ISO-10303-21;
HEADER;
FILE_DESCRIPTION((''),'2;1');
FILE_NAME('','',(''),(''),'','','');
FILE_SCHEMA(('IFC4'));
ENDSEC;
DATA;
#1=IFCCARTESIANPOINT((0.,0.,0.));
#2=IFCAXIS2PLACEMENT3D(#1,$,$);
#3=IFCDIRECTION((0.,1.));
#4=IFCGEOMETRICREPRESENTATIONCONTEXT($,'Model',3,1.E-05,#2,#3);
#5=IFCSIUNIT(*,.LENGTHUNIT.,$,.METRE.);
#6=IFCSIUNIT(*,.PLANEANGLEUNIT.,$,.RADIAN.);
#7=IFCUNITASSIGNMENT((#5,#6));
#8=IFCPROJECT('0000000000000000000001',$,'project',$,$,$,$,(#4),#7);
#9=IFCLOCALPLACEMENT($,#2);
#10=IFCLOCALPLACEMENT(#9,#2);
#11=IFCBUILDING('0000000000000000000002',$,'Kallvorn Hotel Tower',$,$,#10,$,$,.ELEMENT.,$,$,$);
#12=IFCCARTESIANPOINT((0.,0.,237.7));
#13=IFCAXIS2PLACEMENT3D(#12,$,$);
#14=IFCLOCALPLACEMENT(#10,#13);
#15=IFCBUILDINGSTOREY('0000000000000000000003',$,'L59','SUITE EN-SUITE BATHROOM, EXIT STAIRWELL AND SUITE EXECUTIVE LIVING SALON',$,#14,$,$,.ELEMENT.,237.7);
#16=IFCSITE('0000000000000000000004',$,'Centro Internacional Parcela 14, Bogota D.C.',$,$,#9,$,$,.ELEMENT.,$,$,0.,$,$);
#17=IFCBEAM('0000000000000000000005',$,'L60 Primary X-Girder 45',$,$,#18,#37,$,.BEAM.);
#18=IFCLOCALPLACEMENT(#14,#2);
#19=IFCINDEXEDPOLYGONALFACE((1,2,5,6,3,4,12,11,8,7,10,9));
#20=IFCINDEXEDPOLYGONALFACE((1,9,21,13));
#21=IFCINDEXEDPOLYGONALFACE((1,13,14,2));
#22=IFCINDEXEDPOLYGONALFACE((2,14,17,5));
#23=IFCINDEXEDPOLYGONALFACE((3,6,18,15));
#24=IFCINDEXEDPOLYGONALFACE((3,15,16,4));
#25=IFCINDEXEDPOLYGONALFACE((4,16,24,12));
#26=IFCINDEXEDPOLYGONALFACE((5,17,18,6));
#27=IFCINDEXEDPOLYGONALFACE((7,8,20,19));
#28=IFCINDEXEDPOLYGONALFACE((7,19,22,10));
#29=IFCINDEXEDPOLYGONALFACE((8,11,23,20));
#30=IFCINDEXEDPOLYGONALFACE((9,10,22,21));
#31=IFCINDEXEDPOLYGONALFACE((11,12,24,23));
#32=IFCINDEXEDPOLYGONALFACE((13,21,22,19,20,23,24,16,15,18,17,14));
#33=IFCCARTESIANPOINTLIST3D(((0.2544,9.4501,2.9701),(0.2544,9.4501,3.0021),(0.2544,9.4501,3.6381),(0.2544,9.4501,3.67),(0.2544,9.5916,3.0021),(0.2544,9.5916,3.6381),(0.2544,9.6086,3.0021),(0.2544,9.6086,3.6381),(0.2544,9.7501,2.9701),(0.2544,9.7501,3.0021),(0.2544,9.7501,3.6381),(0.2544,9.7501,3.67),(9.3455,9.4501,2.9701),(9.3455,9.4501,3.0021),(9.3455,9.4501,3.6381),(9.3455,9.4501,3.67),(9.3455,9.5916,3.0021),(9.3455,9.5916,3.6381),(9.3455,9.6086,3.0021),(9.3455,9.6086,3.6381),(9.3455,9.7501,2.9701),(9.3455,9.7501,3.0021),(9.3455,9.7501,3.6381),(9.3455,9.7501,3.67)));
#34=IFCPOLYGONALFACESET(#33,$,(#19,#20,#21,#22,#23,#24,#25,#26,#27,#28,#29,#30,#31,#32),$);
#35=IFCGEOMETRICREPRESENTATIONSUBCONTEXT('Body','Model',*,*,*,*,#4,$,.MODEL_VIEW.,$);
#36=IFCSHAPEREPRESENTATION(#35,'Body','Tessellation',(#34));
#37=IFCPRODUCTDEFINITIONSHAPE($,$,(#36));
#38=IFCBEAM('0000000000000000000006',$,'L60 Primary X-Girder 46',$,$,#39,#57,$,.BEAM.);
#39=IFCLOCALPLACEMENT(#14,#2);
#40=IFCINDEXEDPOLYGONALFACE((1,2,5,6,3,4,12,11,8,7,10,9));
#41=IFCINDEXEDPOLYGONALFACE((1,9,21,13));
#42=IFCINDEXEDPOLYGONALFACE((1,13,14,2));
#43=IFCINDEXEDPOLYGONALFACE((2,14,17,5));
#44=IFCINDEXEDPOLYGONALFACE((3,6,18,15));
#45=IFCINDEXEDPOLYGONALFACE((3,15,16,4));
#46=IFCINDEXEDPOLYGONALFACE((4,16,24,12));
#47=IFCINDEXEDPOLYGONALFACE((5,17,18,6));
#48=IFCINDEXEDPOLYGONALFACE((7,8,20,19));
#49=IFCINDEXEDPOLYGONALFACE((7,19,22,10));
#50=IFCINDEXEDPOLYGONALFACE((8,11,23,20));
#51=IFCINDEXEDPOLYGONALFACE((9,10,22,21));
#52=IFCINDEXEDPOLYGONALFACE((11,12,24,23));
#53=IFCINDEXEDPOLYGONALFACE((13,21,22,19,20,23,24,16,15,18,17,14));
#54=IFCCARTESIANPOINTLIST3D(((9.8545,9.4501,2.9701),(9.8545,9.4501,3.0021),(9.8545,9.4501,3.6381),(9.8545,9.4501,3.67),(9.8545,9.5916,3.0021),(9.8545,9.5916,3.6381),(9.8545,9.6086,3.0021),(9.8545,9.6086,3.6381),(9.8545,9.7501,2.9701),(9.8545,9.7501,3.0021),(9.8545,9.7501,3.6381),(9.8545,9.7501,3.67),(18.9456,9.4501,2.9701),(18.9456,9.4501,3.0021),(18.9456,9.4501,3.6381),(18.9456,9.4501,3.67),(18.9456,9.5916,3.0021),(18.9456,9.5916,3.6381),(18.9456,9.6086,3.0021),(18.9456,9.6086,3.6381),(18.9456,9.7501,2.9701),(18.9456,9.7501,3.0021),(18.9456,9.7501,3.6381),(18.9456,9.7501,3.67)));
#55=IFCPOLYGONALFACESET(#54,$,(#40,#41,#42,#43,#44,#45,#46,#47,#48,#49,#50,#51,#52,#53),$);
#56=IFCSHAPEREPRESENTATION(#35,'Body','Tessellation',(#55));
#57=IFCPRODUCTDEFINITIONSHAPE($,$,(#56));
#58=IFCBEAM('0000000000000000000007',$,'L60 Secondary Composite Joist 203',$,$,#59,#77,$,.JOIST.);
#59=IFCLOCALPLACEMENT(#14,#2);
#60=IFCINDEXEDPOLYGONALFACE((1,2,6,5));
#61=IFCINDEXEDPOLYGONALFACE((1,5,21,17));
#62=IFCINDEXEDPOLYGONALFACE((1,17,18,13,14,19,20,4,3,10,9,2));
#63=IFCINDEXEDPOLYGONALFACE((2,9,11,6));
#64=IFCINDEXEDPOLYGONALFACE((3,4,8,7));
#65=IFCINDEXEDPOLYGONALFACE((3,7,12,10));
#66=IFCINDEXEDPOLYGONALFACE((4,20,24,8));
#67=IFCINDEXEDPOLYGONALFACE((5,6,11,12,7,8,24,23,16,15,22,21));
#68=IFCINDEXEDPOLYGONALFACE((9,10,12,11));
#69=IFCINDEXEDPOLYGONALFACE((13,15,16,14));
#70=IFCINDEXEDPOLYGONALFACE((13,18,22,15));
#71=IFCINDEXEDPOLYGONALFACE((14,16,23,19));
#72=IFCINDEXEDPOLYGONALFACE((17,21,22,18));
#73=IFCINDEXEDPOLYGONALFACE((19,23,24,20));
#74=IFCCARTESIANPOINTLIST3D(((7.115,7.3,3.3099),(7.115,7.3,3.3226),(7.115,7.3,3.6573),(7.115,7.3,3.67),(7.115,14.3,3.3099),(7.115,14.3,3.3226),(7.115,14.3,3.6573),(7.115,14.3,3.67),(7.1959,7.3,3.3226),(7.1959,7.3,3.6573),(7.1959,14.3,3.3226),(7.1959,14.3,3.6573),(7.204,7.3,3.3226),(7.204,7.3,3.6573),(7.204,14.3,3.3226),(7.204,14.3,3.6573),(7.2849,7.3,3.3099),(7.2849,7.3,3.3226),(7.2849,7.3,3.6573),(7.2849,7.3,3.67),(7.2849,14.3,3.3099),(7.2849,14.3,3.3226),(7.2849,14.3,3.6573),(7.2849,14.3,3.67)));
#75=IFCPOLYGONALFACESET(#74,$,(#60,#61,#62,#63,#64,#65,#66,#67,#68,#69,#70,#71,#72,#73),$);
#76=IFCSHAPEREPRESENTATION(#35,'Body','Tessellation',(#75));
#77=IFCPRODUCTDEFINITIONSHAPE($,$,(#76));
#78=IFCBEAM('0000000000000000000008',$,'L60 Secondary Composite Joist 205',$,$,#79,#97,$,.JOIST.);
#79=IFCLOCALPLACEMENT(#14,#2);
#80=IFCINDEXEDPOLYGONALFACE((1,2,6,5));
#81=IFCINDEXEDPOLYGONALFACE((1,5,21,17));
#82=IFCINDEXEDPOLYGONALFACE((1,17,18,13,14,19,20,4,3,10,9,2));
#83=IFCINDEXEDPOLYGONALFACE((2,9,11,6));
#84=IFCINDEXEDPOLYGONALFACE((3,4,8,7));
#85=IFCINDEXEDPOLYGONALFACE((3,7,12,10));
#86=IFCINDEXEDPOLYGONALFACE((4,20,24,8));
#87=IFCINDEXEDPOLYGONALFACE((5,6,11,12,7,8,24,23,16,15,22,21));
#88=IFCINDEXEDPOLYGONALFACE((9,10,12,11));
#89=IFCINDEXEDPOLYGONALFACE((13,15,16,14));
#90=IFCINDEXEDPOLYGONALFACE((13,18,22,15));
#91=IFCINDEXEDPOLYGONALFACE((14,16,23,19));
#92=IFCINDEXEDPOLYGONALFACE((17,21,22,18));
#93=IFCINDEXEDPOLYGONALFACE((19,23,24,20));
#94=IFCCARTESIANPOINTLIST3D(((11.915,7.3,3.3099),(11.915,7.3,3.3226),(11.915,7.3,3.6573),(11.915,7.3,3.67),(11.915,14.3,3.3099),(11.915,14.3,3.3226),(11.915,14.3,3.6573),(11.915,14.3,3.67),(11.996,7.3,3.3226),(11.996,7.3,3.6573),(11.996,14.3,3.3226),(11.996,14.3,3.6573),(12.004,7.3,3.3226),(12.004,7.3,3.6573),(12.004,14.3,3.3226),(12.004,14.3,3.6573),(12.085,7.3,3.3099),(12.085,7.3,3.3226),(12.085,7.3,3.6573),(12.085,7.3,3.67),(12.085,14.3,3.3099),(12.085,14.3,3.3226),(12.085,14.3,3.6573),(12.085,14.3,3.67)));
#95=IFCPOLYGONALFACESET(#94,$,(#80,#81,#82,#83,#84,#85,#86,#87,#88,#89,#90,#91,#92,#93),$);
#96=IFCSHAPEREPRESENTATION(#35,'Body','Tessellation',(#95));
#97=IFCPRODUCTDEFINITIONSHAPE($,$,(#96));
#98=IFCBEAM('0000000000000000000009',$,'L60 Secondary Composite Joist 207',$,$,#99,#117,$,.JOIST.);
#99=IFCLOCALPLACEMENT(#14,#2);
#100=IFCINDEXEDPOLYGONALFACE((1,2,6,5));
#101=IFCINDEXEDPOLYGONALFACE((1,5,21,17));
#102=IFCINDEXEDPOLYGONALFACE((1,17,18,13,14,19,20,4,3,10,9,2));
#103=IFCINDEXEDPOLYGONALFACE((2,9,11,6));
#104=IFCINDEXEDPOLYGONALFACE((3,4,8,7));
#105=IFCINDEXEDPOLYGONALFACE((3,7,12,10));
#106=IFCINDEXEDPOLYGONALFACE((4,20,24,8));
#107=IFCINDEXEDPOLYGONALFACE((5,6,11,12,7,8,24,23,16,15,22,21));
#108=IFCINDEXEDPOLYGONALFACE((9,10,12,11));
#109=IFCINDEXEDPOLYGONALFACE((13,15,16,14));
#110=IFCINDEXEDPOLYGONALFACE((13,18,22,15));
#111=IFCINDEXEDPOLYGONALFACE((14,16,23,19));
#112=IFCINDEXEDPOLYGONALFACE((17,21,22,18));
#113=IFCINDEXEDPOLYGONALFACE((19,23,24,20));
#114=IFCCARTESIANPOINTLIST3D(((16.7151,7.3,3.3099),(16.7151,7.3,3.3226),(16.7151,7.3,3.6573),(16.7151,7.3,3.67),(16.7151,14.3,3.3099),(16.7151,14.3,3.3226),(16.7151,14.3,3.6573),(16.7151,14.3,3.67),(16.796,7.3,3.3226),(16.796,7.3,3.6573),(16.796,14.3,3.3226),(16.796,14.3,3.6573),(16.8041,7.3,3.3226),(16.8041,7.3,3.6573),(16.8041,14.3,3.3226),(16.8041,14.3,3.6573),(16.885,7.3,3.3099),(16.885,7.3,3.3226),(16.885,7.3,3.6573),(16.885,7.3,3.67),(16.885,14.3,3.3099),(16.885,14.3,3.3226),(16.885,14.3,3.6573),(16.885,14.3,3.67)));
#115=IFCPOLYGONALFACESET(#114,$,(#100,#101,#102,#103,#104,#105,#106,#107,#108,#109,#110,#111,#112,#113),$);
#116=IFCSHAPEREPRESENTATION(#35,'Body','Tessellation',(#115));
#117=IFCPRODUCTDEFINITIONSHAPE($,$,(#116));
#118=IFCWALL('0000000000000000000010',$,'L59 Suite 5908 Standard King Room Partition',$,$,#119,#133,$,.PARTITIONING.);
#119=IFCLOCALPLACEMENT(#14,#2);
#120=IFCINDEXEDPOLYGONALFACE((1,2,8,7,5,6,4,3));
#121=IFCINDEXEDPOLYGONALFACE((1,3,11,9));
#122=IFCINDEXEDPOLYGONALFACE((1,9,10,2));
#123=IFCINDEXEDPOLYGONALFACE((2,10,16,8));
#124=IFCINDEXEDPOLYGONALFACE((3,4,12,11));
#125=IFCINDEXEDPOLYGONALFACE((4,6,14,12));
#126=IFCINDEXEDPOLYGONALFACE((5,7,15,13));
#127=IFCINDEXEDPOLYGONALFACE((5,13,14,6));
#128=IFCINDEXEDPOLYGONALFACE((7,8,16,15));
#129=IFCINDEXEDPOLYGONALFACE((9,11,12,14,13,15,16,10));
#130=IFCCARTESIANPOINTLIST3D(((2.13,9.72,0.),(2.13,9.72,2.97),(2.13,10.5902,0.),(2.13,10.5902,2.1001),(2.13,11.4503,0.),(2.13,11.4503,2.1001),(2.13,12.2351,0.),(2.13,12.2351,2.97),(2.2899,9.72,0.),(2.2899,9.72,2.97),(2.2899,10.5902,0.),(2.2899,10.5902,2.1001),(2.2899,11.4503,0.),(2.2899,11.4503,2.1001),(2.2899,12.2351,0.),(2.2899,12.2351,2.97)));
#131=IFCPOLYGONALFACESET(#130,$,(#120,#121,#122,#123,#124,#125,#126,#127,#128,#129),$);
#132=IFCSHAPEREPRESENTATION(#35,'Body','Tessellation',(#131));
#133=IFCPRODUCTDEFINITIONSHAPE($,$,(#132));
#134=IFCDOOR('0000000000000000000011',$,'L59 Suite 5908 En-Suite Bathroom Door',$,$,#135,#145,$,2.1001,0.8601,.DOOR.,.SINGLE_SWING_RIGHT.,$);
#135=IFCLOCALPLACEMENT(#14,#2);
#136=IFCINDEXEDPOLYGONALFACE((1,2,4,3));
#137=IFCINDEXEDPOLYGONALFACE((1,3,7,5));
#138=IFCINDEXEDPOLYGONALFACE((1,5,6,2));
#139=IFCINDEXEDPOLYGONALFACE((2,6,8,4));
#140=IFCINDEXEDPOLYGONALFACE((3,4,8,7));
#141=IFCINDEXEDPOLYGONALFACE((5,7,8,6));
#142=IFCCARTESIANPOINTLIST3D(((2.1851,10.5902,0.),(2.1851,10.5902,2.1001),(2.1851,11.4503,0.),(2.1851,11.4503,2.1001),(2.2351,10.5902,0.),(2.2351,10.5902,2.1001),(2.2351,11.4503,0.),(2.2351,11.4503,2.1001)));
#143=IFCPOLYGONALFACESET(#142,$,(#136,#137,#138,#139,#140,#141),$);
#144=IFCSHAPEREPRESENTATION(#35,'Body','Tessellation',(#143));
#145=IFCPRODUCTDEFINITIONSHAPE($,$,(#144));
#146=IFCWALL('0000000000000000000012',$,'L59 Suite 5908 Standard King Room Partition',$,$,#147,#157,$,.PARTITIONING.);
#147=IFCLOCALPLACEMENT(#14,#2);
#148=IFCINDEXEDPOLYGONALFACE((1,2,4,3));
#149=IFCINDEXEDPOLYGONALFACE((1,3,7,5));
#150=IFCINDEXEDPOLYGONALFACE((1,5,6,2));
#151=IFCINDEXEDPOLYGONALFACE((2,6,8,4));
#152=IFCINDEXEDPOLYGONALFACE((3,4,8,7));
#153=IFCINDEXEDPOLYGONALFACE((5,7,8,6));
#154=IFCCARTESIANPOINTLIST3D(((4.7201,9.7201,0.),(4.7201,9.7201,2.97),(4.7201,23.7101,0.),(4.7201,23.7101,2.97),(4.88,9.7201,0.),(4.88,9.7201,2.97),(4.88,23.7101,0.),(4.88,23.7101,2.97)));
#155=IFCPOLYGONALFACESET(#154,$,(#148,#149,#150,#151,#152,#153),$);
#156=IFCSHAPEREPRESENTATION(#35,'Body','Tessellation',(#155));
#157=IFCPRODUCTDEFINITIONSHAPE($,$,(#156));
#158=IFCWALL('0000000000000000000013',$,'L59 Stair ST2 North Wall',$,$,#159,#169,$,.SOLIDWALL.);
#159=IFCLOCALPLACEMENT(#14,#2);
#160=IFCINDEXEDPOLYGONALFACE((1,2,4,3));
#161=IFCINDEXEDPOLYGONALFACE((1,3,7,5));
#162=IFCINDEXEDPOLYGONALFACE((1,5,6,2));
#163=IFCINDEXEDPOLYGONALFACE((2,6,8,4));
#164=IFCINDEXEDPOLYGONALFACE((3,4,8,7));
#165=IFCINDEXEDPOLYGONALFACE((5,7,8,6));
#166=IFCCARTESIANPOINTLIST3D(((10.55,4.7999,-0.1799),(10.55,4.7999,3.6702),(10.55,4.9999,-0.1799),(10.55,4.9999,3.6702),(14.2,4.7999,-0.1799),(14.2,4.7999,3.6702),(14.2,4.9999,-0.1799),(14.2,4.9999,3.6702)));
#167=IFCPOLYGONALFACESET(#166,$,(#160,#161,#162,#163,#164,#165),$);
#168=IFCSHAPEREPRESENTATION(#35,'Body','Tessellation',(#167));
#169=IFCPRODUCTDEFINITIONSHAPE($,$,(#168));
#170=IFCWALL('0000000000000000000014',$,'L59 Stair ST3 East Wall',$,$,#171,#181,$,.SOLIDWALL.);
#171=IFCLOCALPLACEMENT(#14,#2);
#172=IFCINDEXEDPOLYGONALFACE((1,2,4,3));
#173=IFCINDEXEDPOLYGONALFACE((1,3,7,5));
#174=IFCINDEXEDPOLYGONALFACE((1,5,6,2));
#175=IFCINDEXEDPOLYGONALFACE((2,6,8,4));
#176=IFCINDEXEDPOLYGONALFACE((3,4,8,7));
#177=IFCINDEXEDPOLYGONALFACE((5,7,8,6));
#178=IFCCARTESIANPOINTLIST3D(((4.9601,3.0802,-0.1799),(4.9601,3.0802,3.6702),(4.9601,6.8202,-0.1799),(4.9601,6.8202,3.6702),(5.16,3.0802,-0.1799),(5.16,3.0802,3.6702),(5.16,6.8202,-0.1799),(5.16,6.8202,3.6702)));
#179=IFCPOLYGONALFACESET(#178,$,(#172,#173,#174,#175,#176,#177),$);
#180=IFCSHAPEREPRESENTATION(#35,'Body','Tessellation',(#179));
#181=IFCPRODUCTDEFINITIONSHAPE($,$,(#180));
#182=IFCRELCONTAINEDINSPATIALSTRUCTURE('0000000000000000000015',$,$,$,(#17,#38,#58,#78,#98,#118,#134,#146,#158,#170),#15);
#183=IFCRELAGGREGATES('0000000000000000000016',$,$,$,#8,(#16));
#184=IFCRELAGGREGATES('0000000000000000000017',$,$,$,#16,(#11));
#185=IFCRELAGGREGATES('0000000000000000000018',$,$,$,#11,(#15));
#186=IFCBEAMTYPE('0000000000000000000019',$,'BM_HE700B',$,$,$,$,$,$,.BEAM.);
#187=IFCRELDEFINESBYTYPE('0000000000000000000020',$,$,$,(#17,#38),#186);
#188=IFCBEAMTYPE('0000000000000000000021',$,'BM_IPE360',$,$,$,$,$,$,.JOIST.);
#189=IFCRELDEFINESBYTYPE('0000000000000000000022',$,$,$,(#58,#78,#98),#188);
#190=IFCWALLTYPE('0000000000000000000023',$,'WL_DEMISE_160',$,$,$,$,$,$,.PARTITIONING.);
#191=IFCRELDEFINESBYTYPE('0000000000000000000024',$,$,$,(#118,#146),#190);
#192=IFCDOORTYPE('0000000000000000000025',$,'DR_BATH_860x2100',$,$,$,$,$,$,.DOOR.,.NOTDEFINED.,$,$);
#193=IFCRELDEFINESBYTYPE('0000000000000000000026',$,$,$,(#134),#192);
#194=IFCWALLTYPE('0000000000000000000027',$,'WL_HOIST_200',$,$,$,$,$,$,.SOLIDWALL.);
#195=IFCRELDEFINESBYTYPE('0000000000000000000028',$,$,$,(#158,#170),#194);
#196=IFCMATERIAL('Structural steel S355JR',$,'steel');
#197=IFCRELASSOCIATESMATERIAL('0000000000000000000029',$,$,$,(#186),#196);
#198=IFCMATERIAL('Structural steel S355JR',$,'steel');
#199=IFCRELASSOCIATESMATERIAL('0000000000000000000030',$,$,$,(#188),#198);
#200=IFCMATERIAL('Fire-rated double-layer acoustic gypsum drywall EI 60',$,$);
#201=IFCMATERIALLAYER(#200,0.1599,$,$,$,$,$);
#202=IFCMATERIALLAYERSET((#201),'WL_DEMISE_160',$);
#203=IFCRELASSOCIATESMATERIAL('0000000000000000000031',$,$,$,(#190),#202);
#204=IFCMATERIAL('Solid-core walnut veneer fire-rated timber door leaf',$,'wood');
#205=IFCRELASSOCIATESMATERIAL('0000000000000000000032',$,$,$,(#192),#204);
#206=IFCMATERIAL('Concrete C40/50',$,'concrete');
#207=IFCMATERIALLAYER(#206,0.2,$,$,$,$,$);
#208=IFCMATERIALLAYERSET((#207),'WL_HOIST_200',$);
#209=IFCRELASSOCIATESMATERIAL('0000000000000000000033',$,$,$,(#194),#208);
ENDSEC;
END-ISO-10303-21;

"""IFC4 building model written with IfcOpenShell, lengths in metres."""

from ifc_helpers import new_model, si_unit, direction, frame, frame_2d, origin, origin_2d, place, context, subcontext, project, spatial, rectangle, i_section, extrude, material, layer, layer_set, material_profile, profile_set, type_object, element, fill, save


model = new_model("IFC4")

# Units and contexts
model_context = context("Model", 3, precision=1e-05, world=origin(), true_north=direction((0.0, 1.0)))
body_context = subcontext(model_context, "Body", "Model", "MODEL_VIEW")
ifc_project = project(units=[si_unit("LENGTHUNIT", "METRE"), si_unit("PLANEANGLEUNIT", "RADIAN")], contexts=[model_context])

# Site, building, storey
site_placement = place(None, origin())
site = spatial("IfcSite", under=ifc_project, at=site_placement, Name="Centro Internacional Parcela 14, Bogota D.C.", CompositionType="ELEMENT", RefElevation=0.0)
building_placement = place(site_placement, origin())
building = spatial("IfcBuilding", under=site, at=building_placement, Name="Kallvorn Hotel Tower", CompositionType="ELEMENT")
storey_placement = place(building_placement, frame((0.0, 0.0, 237.7)))
storey = spatial("IfcBuildingStorey", under=building, at=storey_placement, Name="L59", Description="SUITE EN-SUITE BATHROOM, EXIT STAIRWELL AND SUITE EXECUTIVE LIVING SALON", CompositionType="ELEMENT", Elevation=237.7)

# Beams
ifc_material_1 = material(Name="Structural steel S355JR", Category="steel")
ifc_material_profile_1 = material_profile(ifc_material_1, i_section(OverallWidth=0.3, OverallDepth=0.7, WebThickness=0.0171, FlangeThickness=0.032, at=origin_2d()), Name="HE 700 B")
ifc_profile_set_1 = profile_set([ifc_material_profile_1], Name="Structural steel S355JR")
beam_type_1 = type_object("IfcBeamType", Name="BM_HE700B", PredefinedType="BEAM", material=ifc_profile_set_1)
for number, where, z_axis, x_axis, name in (
    (1, (0.2544, 9.6001, 3.3201), (1.0, 0.0, 0.0), (0.0, 1.0, 0.0), "L60 Primary X-Girder 45"),
    (2, (9.8545, 9.6001, 3.3201), (1.0, 0.0, 0.0), (0.0, 1.0, 0.0), "L60 Primary X-Girder 46"),
):
    element("IfcBeam", number, at=place(storey_placement, frame(where, z_axis=z_axis, x_axis=x_axis)), inside=storey, type_object=beam_type_1, Name=name, PredefinedType="BEAM", context=body_context, shape_type="SweptSolid", body=[
        extrude(i_section(OverallWidth=0.3, OverallDepth=0.7, WebThickness=0.0171, FlangeThickness=0.032, at=origin_2d()), origin(), (0.0, 0.0, 1.0), 9.0911),
    ])
ifc_material_2 = material(Name="Structural steel S355JR", Category="steel")
ifc_material_profile_2 = material_profile(ifc_material_2, i_section(OverallWidth=0.1699, OverallDepth=0.3601, WebThickness=0.0081, FlangeThickness=0.0127, at=origin_2d()), Name="IPE 360")
ifc_profile_set_2 = profile_set([ifc_material_profile_2], Name="Structural steel S355JR")
beam_type_2 = type_object("IfcBeamType", Name="BM_IPE360", PredefinedType="JOIST", material=ifc_profile_set_2)
for number, where, z_axis, x_axis, name in (
    (3, (7.2, 7.3, 3.49), (0.0, 1.0, 0.0), (-1.0, 0.0, 0.0), "L60 Secondary Composite Joist 203"),
    (4, (12.0, 7.3, 3.49), (0.0, 1.0, 0.0), (-1.0, 0.0, 0.0), "L60 Secondary Composite Joist 205"),
    (5, (16.8, 7.3, 3.49), (0.0, 1.0, 0.0), (-1.0, 0.0, 0.0), "L60 Secondary Composite Joist 207"),
):
    element("IfcBeam", number, at=place(storey_placement, frame(where, z_axis=z_axis, x_axis=x_axis)), inside=storey, type_object=beam_type_2, Name=name, PredefinedType="JOIST", context=body_context, shape_type="SweptSolid", body=[
        extrude(i_section(OverallWidth=0.1699, OverallDepth=0.3601, WebThickness=0.0081, FlangeThickness=0.0127, at=origin_2d()), origin(), (0.0, 0.0, 1.0), 7.0),
    ])

# Wall, opening, door
ifc_material_3 = material(Name="Fire-rated double-layer acoustic gypsum drywall EI 60")
ifc_layer_1 = layer(ifc_material_3, 0.1599)
ifc_layer_set_1 = layer_set([ifc_layer_1], Name="WL_DEMISE_160")
wall_type_1 = type_object("IfcWallType", Name="WL_DEMISE_160", PredefinedType="PARTITIONING", material=ifc_layer_set_1)
wall_1_placement = place(storey_placement, frame((2.21, 9.72, 0.0), z_axis=(0.0, 0.0, 1.0), x_axis=(0.0, 1.0, 0.0)))
wall_1 = element("IfcWall", 6, at=wall_1_placement, inside=storey, type_object=wall_type_1, Name="L59 Suite 5908 Standard King Room Partition", PredefinedType="PARTITIONING", context=body_context, shape_type="SweptSolid", body=[
    extrude(rectangle(XDim=2.5151, YDim=0.1599, at=frame_2d((1.2576, 0.0))), origin(), (0.0, 0.0, 1.0), 2.97),
])
opening_1_placement = place(wall_1_placement, frame((0.8701, 0.0, 0.0)))
opening_1 = element("IfcOpeningElement", 7, at=opening_1_placement, cuts=wall_1, PredefinedType="OPENING", context=body_context, shape_type="SweptSolid", body=[
    extrude(rectangle(XDim=0.8601, YDim=2.1001, at=frame_2d((0.4302, 1.05))), frame((0.0, 0.095, 0.0), z_axis=(0.0, -1.0, 0.0), x_axis=(1.0, 0.0, 0.0)), (0.0, 0.0, 1.0), 0.1899),
])
ifc_material_4 = material(Name="Solid-core walnut veneer fire-rated timber door leaf", Category="wood")
door_type_1 = type_object("IfcDoorType", Name="DR_BATH_860x2100", OperationType="NOTDEFINED", PredefinedType="DOOR", material=ifc_material_4)
door_1_placement = place(opening_1_placement, origin())
door_1 = element("IfcDoor", 8, at=door_1_placement, inside=storey, type_object=door_type_1, Name="L59 Suite 5908 En-Suite Bathroom Door", OperationType="SINGLE_SWING_RIGHT", OverallHeight=2.1001, OverallWidth=0.8601, PredefinedType="DOOR", context=body_context, shape_type="SweptSolid", body=[
    extrude(rectangle(XDim=0.8601, YDim=2.1001, at=frame_2d((0.4302, 1.05))), frame((0.0, 0.0249, 0.0), z_axis=(0.0, -1.0, 0.0), x_axis=(1.0, 0.0, 0.0)), (0.0, 0.0, 1.0), 0.05),
])
fill(opening_1, door_1)

# Walls
wall_2_placement = place(storey_placement, frame((4.8, 9.72, 0.0), z_axis=(0.0, 0.0, 1.0), x_axis=(0.0, 1.0, 0.0)))
element("IfcWall", 9, at=wall_2_placement, inside=storey, type_object=wall_type_1, Name="L59 Suite 5908 Standard King Room Partition", PredefinedType="PARTITIONING", context=body_context, shape_type="SweptSolid", body=[
    extrude(rectangle(XDim=13.99, YDim=0.1599, at=frame_2d((6.9951, 0.0))), origin(), (0.0, 0.0, 1.0), 2.97),
])
ifc_material_5 = material(Name="Concrete C40/50", Category="concrete")
ifc_layer_2 = layer(ifc_material_5, 0.2)
ifc_layer_set_2 = layer_set([ifc_layer_2], Name="WL_HOIST_200")
wall_type_2 = type_object("IfcWallType", Name="WL_HOIST_200", PredefinedType="SOLIDWALL", material=ifc_layer_set_2)
wall_3_placement = place(storey_placement, frame((10.55, 4.8999, -0.1799), z_axis=(0.0, 0.0, 1.0), x_axis=(1.0, 0.0, 0.0)))
element("IfcWall", 10, at=wall_3_placement, inside=storey, type_object=wall_type_2, Name="L59 Stair ST2 North Wall", PredefinedType="SOLIDWALL", context=body_context, shape_type="SweptSolid", body=[
    extrude(rectangle(XDim=3.6499, YDim=0.2, at=frame_2d((1.825, 0.0))), origin(), (0.0, 0.0, 1.0), 3.8501),
])
wall_4_placement = place(storey_placement, frame((5.0601, 3.0801, -0.1799), z_axis=(0.0, 0.0, 1.0), x_axis=(0.0, 1.0, 0.0)))
element("IfcWall", 11, at=wall_4_placement, inside=storey, type_object=wall_type_2, Name="L59 Stair ST3 East Wall", PredefinedType="SOLIDWALL", context=body_context, shape_type="SweptSolid", body=[
    extrude(rectangle(XDim=3.74, YDim=0.2, at=frame_2d((1.8701, 0.0))), origin(), (0.0, 0.0, 1.0), 3.8501),
])

save(model, "model.ifc")
